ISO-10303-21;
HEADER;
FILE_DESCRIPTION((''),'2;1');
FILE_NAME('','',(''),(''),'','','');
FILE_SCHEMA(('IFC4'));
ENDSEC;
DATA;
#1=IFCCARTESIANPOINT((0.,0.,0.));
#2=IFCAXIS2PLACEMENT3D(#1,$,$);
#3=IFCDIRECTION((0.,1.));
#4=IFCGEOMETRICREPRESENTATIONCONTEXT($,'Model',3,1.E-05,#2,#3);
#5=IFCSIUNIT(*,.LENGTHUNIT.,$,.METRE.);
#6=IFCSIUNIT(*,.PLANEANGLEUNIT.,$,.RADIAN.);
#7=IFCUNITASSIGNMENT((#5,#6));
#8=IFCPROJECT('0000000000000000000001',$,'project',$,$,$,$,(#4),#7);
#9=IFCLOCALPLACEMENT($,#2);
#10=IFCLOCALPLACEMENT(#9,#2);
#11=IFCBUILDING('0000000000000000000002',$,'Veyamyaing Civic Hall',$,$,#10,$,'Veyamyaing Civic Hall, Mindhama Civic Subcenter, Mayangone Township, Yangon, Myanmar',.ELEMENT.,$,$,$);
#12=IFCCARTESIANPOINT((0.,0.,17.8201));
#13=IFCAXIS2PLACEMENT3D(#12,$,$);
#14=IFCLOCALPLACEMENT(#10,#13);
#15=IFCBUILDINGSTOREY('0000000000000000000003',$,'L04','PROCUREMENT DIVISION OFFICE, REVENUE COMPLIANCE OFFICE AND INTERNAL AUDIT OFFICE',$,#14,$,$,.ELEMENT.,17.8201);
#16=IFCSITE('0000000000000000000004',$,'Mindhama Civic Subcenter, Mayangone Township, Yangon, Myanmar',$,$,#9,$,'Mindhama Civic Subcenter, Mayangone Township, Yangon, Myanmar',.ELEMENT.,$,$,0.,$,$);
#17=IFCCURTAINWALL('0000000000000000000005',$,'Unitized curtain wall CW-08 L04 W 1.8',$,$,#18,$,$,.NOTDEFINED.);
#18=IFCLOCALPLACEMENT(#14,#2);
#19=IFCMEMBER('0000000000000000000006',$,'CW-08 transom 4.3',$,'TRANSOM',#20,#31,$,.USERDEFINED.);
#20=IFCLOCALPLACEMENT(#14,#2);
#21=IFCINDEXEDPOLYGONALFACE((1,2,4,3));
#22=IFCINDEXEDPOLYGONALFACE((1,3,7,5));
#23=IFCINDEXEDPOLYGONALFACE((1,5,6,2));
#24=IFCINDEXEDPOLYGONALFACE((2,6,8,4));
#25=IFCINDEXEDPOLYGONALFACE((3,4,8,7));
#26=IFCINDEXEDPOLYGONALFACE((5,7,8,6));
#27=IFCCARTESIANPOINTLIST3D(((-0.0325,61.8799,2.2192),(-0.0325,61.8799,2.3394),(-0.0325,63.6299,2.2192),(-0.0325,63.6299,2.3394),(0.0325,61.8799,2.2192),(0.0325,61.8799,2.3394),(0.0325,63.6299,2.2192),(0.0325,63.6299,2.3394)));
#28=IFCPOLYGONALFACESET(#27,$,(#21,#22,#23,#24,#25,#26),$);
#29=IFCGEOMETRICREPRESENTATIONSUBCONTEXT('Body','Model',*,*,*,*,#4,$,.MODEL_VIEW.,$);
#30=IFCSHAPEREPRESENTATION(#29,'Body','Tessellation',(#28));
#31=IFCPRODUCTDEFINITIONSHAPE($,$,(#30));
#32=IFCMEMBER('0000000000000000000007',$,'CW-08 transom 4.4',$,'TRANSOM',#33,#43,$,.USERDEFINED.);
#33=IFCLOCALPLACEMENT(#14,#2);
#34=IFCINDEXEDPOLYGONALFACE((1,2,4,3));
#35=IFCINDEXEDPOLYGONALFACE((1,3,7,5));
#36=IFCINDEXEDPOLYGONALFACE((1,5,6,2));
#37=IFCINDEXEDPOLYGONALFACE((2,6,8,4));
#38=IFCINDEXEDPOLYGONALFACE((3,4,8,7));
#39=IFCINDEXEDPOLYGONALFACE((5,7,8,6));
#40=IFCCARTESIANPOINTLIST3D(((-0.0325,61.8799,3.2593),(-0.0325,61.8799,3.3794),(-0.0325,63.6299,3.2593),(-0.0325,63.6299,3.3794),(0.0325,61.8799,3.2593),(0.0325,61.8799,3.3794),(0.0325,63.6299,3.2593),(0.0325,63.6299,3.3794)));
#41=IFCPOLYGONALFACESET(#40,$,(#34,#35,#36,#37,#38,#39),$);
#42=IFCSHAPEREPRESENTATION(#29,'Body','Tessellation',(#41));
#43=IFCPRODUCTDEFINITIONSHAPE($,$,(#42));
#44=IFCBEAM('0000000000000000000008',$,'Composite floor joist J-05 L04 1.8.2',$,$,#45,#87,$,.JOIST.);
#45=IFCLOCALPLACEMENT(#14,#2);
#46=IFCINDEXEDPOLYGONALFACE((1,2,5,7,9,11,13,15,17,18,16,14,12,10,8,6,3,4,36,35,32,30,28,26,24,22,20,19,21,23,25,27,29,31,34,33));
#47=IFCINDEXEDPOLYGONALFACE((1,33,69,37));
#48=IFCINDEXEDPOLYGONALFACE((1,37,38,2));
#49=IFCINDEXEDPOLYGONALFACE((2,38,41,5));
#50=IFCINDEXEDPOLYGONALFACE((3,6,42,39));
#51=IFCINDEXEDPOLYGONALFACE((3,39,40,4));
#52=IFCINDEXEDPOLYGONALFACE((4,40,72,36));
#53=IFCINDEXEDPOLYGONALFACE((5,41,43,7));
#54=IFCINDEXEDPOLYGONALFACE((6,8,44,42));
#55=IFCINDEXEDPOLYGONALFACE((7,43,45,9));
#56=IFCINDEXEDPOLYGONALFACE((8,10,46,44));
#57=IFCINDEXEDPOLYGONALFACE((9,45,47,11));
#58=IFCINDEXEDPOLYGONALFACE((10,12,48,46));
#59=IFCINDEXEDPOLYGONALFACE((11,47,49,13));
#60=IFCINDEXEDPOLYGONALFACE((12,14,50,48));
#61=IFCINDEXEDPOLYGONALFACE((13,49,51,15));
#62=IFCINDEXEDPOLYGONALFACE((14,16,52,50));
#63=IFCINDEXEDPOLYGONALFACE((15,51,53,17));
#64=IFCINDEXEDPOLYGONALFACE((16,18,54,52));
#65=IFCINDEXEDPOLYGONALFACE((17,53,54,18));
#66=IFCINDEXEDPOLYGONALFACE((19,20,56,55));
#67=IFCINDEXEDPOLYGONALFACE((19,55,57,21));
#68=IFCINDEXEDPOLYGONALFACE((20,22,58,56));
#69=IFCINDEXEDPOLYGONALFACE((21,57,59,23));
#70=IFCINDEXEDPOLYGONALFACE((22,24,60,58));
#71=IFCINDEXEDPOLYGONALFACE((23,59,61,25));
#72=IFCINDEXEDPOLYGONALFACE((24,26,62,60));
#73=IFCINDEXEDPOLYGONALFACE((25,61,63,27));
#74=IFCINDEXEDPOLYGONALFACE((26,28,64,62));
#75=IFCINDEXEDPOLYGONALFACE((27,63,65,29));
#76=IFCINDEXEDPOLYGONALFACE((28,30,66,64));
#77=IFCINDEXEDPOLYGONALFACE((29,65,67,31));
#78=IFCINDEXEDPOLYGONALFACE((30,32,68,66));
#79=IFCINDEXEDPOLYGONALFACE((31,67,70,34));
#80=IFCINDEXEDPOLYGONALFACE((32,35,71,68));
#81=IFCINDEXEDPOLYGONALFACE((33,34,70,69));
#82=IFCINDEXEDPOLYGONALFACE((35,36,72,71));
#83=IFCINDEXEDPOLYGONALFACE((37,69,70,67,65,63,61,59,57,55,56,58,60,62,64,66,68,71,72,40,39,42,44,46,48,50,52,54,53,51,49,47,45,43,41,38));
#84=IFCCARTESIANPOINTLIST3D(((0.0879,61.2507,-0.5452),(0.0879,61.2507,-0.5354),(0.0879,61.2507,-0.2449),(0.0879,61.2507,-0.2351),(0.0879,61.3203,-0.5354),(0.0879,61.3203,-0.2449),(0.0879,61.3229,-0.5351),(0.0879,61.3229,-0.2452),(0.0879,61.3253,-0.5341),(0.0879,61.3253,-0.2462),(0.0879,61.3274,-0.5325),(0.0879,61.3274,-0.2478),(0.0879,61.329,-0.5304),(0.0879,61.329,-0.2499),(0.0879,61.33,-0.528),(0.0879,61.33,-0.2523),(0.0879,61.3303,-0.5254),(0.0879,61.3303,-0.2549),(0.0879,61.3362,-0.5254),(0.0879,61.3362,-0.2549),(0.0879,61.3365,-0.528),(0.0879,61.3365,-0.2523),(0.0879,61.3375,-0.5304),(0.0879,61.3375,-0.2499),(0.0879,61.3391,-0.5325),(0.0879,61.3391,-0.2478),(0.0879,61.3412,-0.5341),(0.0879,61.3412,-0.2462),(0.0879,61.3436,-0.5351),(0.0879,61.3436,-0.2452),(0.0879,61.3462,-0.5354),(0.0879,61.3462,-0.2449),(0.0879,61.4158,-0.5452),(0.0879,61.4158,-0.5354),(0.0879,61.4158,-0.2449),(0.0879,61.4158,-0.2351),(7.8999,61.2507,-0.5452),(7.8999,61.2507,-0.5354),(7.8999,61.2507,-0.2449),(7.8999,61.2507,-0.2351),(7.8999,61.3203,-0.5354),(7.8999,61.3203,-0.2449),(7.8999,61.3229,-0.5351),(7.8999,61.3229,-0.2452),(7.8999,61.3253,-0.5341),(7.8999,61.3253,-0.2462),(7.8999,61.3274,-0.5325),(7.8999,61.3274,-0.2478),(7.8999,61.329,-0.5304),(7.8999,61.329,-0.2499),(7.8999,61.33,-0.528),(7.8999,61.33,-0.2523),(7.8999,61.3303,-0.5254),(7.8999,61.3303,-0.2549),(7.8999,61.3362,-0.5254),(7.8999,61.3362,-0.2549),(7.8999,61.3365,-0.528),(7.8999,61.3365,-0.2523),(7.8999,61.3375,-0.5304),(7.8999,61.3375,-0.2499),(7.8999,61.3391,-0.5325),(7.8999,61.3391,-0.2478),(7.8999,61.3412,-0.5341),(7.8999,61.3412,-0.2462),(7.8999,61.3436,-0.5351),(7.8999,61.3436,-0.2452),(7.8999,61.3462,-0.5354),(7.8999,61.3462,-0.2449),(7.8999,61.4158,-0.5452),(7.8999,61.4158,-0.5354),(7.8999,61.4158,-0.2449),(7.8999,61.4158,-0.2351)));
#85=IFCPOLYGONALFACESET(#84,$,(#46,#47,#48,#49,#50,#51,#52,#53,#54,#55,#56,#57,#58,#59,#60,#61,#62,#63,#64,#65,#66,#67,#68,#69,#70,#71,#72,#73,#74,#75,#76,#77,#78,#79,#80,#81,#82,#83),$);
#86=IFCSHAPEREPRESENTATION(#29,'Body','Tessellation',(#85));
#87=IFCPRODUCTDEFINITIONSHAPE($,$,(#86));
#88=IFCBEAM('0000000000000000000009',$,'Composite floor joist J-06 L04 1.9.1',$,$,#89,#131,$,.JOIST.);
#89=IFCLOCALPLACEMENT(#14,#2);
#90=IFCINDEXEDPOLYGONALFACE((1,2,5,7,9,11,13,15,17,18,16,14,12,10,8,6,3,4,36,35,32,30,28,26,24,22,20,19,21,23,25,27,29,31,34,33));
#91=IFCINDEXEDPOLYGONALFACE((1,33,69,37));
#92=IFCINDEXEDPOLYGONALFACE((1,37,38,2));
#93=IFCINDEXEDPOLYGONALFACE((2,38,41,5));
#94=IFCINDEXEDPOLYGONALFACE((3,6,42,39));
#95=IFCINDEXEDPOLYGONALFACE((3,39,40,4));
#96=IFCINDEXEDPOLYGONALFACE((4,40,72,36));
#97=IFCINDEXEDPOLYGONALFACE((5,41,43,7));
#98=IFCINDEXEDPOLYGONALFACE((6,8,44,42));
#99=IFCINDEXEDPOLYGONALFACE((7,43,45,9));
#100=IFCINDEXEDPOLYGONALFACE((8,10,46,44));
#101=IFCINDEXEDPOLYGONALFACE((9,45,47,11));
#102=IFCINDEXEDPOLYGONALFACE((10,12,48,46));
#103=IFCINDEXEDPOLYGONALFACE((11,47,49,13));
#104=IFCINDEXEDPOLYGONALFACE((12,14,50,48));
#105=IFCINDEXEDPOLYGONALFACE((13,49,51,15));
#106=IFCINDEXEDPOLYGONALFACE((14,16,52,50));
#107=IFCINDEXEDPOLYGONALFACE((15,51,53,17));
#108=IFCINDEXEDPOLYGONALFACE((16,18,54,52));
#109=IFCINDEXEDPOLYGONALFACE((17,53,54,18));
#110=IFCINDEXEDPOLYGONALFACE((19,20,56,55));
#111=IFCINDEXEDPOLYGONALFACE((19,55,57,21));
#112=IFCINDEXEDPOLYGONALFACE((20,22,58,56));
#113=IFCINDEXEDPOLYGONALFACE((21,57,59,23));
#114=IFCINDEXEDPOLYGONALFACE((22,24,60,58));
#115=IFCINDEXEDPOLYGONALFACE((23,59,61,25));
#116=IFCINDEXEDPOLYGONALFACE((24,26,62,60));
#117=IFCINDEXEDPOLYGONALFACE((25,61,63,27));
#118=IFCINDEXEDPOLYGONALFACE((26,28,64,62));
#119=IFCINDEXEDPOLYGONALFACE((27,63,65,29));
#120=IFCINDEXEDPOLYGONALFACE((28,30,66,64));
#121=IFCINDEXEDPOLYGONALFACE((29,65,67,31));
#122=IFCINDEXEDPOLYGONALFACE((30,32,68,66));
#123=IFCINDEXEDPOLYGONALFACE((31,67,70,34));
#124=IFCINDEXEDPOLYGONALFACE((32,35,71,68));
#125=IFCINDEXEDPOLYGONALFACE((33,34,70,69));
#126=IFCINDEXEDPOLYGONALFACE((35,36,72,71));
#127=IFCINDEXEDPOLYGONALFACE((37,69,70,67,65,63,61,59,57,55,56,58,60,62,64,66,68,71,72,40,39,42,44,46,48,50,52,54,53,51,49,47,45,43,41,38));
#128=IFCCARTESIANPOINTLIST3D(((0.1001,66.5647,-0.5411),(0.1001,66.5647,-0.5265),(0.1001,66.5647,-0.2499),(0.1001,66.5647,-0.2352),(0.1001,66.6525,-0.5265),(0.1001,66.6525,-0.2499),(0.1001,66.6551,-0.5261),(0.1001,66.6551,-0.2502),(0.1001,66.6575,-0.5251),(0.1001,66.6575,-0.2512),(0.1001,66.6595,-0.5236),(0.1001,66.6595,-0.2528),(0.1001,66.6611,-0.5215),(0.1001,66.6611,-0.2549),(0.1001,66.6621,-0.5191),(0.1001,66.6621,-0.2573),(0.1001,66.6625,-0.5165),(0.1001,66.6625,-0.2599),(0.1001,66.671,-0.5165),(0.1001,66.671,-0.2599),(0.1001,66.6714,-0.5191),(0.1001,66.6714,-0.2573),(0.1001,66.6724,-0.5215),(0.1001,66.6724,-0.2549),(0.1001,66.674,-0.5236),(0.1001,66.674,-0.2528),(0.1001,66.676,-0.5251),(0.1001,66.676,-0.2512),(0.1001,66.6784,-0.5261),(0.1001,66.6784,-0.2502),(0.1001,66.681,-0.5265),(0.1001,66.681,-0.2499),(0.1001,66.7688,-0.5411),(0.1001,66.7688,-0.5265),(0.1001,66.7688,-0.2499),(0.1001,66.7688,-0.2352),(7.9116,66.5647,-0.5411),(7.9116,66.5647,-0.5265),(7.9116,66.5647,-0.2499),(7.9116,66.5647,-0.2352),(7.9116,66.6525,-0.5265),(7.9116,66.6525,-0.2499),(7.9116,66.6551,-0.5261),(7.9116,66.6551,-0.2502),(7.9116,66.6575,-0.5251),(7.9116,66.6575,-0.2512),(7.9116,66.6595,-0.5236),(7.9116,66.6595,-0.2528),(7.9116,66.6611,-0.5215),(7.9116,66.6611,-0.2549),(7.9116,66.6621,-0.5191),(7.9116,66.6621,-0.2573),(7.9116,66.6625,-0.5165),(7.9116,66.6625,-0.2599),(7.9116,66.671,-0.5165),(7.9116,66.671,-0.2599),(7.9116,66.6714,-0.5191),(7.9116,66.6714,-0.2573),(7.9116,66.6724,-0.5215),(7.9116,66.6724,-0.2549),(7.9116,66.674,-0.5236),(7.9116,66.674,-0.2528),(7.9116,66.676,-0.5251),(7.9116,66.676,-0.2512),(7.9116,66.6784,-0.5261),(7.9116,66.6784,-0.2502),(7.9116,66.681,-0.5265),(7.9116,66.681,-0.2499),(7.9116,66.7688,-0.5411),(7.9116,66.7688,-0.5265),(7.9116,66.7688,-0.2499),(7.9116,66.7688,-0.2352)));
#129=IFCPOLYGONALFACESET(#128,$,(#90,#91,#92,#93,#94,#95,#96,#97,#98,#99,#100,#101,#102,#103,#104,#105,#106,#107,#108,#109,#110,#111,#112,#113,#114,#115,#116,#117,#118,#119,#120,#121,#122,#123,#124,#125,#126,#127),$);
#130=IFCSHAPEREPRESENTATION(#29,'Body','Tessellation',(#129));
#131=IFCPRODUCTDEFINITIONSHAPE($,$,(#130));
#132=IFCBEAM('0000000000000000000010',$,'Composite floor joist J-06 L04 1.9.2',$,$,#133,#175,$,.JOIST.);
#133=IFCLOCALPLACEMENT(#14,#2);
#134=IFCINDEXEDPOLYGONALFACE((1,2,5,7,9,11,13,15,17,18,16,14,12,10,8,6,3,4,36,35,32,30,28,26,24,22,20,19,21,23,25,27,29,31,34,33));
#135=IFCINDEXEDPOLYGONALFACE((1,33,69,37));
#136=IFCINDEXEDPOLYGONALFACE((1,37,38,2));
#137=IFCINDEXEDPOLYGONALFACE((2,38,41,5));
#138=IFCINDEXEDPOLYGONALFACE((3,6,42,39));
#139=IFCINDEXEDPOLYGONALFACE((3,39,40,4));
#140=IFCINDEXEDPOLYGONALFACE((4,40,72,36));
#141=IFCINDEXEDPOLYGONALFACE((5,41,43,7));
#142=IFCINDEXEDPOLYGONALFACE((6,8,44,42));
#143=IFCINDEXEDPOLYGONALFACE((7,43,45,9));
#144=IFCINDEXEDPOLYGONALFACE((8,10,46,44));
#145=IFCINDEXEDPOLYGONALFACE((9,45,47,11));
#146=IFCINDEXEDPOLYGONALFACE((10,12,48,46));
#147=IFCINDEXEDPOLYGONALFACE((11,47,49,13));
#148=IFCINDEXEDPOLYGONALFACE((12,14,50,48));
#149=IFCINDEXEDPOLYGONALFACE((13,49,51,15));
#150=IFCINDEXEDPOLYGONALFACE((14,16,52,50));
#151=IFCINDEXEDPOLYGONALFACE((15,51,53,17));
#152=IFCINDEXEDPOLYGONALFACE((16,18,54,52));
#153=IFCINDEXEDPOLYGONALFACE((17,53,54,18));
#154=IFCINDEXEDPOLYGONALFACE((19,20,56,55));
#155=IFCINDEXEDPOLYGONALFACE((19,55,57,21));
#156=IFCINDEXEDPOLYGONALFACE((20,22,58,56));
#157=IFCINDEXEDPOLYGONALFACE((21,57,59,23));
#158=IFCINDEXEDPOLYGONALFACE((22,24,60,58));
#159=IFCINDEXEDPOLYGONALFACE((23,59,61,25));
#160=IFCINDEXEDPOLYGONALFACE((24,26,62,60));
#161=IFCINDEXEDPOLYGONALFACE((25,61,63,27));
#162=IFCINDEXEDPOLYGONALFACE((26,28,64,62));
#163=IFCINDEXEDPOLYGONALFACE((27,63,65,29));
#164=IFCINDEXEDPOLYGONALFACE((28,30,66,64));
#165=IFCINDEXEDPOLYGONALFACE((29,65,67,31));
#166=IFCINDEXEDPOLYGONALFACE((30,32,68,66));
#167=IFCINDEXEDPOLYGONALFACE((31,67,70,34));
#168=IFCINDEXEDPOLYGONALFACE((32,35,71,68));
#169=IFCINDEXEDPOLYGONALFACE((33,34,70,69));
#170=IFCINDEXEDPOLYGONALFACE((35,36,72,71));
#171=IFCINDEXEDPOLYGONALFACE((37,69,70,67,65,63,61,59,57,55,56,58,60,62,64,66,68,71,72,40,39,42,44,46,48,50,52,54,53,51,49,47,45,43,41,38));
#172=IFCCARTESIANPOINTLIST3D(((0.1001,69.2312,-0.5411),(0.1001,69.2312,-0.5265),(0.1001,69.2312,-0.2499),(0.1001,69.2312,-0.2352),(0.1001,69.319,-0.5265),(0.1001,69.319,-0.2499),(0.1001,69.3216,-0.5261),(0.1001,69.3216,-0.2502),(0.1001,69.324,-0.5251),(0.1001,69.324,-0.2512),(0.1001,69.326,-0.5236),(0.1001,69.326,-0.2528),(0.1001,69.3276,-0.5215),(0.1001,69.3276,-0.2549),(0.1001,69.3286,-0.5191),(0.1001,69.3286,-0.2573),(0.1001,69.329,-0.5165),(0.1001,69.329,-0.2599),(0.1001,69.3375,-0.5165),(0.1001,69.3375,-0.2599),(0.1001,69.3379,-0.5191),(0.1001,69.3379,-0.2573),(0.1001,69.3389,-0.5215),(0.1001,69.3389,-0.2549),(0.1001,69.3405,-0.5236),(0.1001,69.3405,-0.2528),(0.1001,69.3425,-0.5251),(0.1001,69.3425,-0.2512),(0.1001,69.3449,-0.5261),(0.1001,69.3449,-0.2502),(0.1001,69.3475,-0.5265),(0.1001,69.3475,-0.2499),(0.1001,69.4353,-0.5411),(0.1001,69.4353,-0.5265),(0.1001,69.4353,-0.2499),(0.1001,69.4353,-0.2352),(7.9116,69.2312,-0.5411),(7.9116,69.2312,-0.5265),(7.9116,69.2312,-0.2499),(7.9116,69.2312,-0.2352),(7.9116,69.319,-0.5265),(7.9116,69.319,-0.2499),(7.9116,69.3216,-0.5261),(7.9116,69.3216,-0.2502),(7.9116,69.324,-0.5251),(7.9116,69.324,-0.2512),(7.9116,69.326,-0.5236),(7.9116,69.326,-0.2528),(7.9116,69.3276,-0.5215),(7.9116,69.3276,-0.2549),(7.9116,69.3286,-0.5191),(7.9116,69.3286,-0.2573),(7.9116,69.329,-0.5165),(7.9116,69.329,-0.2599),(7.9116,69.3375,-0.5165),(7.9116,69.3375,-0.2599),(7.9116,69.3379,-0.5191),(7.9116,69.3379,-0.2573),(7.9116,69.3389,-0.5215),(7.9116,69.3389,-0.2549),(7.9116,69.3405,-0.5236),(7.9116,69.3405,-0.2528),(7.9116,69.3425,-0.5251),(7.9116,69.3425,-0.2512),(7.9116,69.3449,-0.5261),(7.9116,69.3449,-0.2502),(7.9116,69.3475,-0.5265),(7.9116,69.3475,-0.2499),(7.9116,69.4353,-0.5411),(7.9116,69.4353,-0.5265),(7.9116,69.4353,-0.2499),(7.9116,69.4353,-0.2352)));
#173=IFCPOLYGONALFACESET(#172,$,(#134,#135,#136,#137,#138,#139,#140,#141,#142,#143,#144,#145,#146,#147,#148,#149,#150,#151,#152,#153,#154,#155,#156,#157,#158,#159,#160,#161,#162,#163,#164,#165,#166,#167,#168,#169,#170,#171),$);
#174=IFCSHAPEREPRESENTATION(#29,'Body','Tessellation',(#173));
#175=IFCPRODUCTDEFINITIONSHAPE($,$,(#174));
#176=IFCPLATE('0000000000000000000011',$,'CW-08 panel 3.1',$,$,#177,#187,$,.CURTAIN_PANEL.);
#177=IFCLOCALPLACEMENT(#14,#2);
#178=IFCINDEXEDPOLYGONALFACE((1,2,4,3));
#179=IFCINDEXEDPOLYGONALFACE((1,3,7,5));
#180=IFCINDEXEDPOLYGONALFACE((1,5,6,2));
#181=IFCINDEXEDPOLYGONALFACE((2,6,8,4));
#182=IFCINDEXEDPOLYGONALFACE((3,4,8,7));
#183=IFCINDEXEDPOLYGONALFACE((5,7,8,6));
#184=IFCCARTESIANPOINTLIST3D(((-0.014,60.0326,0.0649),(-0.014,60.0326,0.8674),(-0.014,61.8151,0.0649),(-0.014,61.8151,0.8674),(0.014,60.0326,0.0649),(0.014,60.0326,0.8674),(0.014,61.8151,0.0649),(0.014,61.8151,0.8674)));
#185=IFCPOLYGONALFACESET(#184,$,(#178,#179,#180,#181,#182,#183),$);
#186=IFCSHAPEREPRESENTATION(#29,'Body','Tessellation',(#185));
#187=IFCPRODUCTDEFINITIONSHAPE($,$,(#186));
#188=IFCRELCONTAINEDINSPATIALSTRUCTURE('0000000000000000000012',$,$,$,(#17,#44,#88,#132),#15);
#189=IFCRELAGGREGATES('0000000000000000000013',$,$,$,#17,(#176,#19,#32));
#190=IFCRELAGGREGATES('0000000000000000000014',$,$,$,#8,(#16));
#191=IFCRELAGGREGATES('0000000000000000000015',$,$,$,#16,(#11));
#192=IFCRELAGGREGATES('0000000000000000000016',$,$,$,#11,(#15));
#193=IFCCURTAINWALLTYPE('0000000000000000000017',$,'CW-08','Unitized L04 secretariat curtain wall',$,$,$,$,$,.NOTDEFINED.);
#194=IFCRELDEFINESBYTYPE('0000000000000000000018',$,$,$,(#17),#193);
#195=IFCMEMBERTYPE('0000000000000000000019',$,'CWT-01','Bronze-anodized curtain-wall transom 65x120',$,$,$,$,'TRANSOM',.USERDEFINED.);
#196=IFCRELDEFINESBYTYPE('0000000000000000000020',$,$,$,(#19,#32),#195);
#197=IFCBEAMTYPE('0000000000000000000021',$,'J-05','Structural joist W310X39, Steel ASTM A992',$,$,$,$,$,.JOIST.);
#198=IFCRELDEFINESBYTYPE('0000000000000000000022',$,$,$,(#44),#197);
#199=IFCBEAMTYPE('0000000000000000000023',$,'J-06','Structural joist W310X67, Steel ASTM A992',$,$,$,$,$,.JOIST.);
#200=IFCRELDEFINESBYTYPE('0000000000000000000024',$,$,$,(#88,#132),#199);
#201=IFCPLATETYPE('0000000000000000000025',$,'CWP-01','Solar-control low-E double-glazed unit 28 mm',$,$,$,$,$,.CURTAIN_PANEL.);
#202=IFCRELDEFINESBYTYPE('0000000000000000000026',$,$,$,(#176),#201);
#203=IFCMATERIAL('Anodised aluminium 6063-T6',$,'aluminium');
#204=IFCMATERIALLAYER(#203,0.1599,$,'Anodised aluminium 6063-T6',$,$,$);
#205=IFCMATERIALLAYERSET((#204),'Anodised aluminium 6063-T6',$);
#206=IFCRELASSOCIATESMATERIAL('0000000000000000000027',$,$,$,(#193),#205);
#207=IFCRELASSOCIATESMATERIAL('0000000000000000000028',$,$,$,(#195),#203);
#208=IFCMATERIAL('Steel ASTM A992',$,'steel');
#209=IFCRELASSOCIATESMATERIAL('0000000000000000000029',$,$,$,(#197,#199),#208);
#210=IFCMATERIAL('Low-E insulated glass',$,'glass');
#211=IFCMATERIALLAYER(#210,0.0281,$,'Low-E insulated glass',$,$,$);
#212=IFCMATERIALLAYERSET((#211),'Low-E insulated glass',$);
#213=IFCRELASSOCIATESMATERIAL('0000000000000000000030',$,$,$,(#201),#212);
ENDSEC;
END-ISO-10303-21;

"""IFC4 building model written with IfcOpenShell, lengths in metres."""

from ifc_helpers import new_model, si_unit, direction, frame, origin, origin_2d, place, context, subcontext, project, spatial, rectangle, i_section, extrude, material, layer, layer_set, material_profile, profile_set, type_object, element, aggregate, save


model = new_model("IFC4")

# Units and contexts
model_context = context("Model", 3, precision=1e-05, world=origin(), true_north=direction((0.0, 1.0)))
body_context = subcontext(model_context, "Body", "Model", "MODEL_VIEW")
ifc_project = project(units=[si_unit("LENGTHUNIT", "METRE"), si_unit("PLANEANGLEUNIT", "RADIAN")], contexts=[model_context])

# Site, building, storey
site_placement = place(None, origin())
site = spatial("IfcSite", under=ifc_project, at=site_placement, Name="Mindhama Civic Subcenter, Mayangone Township, Yangon, Myanmar", LongName="Mindhama Civic Subcenter, Mayangone Township, Yangon, Myanmar", CompositionType="ELEMENT", RefElevation=0.0)
building_placement = place(site_placement, origin())
building = spatial("IfcBuilding", under=site, at=building_placement, Name="Veyamyaing Civic Hall", LongName="Veyamyaing Civic Hall, Mindhama Civic Subcenter, Mayangone Township, Yangon, Myanmar", CompositionType="ELEMENT")
storey_placement = place(building_placement, frame((0.0, 0.0, 17.8201)))
storey = spatial("IfcBuildingStorey", under=building, at=storey_placement, Name="L04", Description="PROCUREMENT DIVISION OFFICE, REVENUE COMPLIANCE OFFICE AND INTERNAL AUDIT OFFICE", CompositionType="ELEMENT", Elevation=17.8201)

# Shared definitions
ifc_material_1 = material(Name="Steel ASTM A992", Category="steel")

# Curtain wall, members
ifc_material_2 = material(Name="Anodised aluminium 6063-T6", Category="aluminium")
ifc_layer_1 = layer(ifc_material_2, 0.1599, Name="Anodised aluminium 6063-T6")
ifc_layer_set_1 = layer_set([ifc_layer_1], Name="Anodised aluminium 6063-T6")
curtain_wall_type = type_object("IfcCurtainWallType", Name="CW-08", Description="Unitized L04 secretariat curtain wall", PredefinedType="NOTDEFINED", material=ifc_layer_set_1)
curtain_wall_placement = place(storey_placement, origin())
curtain_wall = element("IfcCurtainWall", 1, at=curtain_wall_placement, inside=storey, type_object=curtain_wall_type, Name="Unitized curtain wall CW-08 L04 W 1.8", PredefinedType="NOTDEFINED")
ifc_material_profile_1 = material_profile(ifc_material_2, rectangle(XDim=0.0649, YDim=0.1201, at=origin_2d()), Name="ALU-TRN-65X120")
ifc_profile_set_1 = profile_set([ifc_material_profile_1], Name="Anodised aluminium 6063-T6")
member_type_1 = type_object("IfcMemberType", Name="CWT-01", Description="Bronze-anodized curtain-wall transom 65x120", ElementType="TRANSOM", PredefinedType="USERDEFINED", material=ifc_profile_set_1)
member_1_placement = place(storey_placement, frame((0.0, 61.8799, 2.2793), z_axis=(0.0, 1.0, 0.0), x_axis=(-1.0, 0.0, 0.0)))
member_1 = element("IfcMember", 2, at=member_1_placement, type_object=member_type_1, Name="CW-08 transom 4.3", ObjectType="TRANSOM", PredefinedType="USERDEFINED", context=body_context, shape_type="SweptSolid", body=[
    extrude(rectangle(XDim=0.0649, YDim=0.1201, at=origin_2d()), origin(), (0.0, 0.0, 1.0), 1.75),
])
member_2_placement = place(storey_placement, frame((0.0, 61.8799, 3.3193), z_axis=(0.0, 1.0, 0.0), x_axis=(-1.0, 0.0, 0.0)))
member_2 = element("IfcMember", 3, at=member_2_placement, type_object=member_type_1, Name="CW-08 transom 4.4", ObjectType="TRANSOM", PredefinedType="USERDEFINED", context=body_context, shape_type="SweptSolid", body=[
    extrude(rectangle(XDim=0.0649, YDim=0.1201, at=origin_2d()), origin(), (0.0, 0.0, 1.0), 1.75),
])

# Beams
ifc_material_profile_2 = material_profile(ifc_material_1, i_section(OverallWidth=0.165, OverallDepth=0.3101, WebThickness=0.0059, FlangeThickness=0.0098, FilletRadius=0.01, at=origin_2d()), Name="W310X39")
ifc_profile_set_2 = profile_set([ifc_material_profile_2], Name="Steel ASTM A992")
beam_type_1 = type_object("IfcBeamType", Name="J-05", Description="Structural joist W310X39, Steel ASTM A992", PredefinedType="JOIST", material=ifc_profile_set_2)
beam_1_placement = place(storey_placement, frame((0.0879, 61.3333, -0.3901), z_axis=(1.0, 0.0, 0.0), x_axis=(0.0, 1.0, 0.0)))
element("IfcBeam", 4, at=beam_1_placement, inside=storey, type_object=beam_type_1, Name="Composite floor joist J-05 L04 1.8.2", PredefinedType="JOIST", context=body_context, shape_type="SweptSolid", body=[
    extrude(i_section(OverallWidth=0.165, OverallDepth=0.3101, WebThickness=0.0059, FlangeThickness=0.0098, FilletRadius=0.01, at=origin_2d()), origin(), (0.0, 0.0, 1.0), 7.812),
])
ifc_material_profile_3 = material_profile(ifc_material_1, i_section(OverallWidth=0.2041, OverallDepth=0.3059, WebThickness=0.0085, FlangeThickness=0.0146, FilletRadius=0.01, at=origin_2d()), Name="W310X67")
ifc_profile_set_3 = profile_set([ifc_material_profile_3], Name="Steel ASTM A992")
beam_type_2 = type_object("IfcBeamType", Name="J-06", Description="Structural joist W310X67, Steel ASTM A992", PredefinedType="JOIST", material=ifc_profile_set_3)
for number, where, z_axis, x_axis, name in (
    (5, (0.1001, 66.6667, -0.3882), (1.0, 0.0, 0.0), (0.0, 1.0, 0.0), "Composite floor joist J-06 L04 1.9.1"),
    (6, (0.1001, 69.3333, -0.3882), (1.0, 0.0, 0.0), (0.0, 1.0, 0.0), "Composite floor joist J-06 L04 1.9.2"),
):
    element("IfcBeam", number, at=place(storey_placement, frame(where, z_axis=z_axis, x_axis=x_axis)), inside=storey, type_object=beam_type_2, Name=name, PredefinedType="JOIST", context=body_context, shape_type="SweptSolid", body=[
        extrude(i_section(OverallWidth=0.2041, OverallDepth=0.3059, WebThickness=0.0085, FlangeThickness=0.0146, FilletRadius=0.01, at=origin_2d()), origin(), (0.0, 0.0, 1.0), 7.8115),
    ])

# Plate
ifc_material_3 = material(Name="Low-E insulated glass", Category="glass")
ifc_layer_2 = layer(ifc_material_3, 0.0281, Name="Low-E insulated glass")
ifc_layer_set_2 = layer_set([ifc_layer_2], Name="Low-E insulated glass")
plate_type = type_object("IfcPlateType", Name="CWP-01", Description="Solar-control low-E double-glazed unit 28 mm", PredefinedType="CURTAIN_PANEL", material=ifc_layer_set_2)
plate_1_placement = place(storey_placement, frame((0.0, 60.9238, 0.0649), z_axis=(0.0, 0.0, 1.0), x_axis=(0.0, 1.0, 0.0)))
plate_1 = element("IfcPlate", 7, at=plate_1_placement, type_object=plate_type, Name="CW-08 panel 3.1", PredefinedType="CURTAIN_PANEL", context=body_context, shape_type="SweptSolid", body=[
    extrude(rectangle(XDim=1.7825, YDim=0.0281, at=origin_2d()), origin(), (0.0, 0.0, 1.0), 0.8025),
])
aggregate(curtain_wall, [plate_1, member_1, member_2])

save(model, "model.ifc")
